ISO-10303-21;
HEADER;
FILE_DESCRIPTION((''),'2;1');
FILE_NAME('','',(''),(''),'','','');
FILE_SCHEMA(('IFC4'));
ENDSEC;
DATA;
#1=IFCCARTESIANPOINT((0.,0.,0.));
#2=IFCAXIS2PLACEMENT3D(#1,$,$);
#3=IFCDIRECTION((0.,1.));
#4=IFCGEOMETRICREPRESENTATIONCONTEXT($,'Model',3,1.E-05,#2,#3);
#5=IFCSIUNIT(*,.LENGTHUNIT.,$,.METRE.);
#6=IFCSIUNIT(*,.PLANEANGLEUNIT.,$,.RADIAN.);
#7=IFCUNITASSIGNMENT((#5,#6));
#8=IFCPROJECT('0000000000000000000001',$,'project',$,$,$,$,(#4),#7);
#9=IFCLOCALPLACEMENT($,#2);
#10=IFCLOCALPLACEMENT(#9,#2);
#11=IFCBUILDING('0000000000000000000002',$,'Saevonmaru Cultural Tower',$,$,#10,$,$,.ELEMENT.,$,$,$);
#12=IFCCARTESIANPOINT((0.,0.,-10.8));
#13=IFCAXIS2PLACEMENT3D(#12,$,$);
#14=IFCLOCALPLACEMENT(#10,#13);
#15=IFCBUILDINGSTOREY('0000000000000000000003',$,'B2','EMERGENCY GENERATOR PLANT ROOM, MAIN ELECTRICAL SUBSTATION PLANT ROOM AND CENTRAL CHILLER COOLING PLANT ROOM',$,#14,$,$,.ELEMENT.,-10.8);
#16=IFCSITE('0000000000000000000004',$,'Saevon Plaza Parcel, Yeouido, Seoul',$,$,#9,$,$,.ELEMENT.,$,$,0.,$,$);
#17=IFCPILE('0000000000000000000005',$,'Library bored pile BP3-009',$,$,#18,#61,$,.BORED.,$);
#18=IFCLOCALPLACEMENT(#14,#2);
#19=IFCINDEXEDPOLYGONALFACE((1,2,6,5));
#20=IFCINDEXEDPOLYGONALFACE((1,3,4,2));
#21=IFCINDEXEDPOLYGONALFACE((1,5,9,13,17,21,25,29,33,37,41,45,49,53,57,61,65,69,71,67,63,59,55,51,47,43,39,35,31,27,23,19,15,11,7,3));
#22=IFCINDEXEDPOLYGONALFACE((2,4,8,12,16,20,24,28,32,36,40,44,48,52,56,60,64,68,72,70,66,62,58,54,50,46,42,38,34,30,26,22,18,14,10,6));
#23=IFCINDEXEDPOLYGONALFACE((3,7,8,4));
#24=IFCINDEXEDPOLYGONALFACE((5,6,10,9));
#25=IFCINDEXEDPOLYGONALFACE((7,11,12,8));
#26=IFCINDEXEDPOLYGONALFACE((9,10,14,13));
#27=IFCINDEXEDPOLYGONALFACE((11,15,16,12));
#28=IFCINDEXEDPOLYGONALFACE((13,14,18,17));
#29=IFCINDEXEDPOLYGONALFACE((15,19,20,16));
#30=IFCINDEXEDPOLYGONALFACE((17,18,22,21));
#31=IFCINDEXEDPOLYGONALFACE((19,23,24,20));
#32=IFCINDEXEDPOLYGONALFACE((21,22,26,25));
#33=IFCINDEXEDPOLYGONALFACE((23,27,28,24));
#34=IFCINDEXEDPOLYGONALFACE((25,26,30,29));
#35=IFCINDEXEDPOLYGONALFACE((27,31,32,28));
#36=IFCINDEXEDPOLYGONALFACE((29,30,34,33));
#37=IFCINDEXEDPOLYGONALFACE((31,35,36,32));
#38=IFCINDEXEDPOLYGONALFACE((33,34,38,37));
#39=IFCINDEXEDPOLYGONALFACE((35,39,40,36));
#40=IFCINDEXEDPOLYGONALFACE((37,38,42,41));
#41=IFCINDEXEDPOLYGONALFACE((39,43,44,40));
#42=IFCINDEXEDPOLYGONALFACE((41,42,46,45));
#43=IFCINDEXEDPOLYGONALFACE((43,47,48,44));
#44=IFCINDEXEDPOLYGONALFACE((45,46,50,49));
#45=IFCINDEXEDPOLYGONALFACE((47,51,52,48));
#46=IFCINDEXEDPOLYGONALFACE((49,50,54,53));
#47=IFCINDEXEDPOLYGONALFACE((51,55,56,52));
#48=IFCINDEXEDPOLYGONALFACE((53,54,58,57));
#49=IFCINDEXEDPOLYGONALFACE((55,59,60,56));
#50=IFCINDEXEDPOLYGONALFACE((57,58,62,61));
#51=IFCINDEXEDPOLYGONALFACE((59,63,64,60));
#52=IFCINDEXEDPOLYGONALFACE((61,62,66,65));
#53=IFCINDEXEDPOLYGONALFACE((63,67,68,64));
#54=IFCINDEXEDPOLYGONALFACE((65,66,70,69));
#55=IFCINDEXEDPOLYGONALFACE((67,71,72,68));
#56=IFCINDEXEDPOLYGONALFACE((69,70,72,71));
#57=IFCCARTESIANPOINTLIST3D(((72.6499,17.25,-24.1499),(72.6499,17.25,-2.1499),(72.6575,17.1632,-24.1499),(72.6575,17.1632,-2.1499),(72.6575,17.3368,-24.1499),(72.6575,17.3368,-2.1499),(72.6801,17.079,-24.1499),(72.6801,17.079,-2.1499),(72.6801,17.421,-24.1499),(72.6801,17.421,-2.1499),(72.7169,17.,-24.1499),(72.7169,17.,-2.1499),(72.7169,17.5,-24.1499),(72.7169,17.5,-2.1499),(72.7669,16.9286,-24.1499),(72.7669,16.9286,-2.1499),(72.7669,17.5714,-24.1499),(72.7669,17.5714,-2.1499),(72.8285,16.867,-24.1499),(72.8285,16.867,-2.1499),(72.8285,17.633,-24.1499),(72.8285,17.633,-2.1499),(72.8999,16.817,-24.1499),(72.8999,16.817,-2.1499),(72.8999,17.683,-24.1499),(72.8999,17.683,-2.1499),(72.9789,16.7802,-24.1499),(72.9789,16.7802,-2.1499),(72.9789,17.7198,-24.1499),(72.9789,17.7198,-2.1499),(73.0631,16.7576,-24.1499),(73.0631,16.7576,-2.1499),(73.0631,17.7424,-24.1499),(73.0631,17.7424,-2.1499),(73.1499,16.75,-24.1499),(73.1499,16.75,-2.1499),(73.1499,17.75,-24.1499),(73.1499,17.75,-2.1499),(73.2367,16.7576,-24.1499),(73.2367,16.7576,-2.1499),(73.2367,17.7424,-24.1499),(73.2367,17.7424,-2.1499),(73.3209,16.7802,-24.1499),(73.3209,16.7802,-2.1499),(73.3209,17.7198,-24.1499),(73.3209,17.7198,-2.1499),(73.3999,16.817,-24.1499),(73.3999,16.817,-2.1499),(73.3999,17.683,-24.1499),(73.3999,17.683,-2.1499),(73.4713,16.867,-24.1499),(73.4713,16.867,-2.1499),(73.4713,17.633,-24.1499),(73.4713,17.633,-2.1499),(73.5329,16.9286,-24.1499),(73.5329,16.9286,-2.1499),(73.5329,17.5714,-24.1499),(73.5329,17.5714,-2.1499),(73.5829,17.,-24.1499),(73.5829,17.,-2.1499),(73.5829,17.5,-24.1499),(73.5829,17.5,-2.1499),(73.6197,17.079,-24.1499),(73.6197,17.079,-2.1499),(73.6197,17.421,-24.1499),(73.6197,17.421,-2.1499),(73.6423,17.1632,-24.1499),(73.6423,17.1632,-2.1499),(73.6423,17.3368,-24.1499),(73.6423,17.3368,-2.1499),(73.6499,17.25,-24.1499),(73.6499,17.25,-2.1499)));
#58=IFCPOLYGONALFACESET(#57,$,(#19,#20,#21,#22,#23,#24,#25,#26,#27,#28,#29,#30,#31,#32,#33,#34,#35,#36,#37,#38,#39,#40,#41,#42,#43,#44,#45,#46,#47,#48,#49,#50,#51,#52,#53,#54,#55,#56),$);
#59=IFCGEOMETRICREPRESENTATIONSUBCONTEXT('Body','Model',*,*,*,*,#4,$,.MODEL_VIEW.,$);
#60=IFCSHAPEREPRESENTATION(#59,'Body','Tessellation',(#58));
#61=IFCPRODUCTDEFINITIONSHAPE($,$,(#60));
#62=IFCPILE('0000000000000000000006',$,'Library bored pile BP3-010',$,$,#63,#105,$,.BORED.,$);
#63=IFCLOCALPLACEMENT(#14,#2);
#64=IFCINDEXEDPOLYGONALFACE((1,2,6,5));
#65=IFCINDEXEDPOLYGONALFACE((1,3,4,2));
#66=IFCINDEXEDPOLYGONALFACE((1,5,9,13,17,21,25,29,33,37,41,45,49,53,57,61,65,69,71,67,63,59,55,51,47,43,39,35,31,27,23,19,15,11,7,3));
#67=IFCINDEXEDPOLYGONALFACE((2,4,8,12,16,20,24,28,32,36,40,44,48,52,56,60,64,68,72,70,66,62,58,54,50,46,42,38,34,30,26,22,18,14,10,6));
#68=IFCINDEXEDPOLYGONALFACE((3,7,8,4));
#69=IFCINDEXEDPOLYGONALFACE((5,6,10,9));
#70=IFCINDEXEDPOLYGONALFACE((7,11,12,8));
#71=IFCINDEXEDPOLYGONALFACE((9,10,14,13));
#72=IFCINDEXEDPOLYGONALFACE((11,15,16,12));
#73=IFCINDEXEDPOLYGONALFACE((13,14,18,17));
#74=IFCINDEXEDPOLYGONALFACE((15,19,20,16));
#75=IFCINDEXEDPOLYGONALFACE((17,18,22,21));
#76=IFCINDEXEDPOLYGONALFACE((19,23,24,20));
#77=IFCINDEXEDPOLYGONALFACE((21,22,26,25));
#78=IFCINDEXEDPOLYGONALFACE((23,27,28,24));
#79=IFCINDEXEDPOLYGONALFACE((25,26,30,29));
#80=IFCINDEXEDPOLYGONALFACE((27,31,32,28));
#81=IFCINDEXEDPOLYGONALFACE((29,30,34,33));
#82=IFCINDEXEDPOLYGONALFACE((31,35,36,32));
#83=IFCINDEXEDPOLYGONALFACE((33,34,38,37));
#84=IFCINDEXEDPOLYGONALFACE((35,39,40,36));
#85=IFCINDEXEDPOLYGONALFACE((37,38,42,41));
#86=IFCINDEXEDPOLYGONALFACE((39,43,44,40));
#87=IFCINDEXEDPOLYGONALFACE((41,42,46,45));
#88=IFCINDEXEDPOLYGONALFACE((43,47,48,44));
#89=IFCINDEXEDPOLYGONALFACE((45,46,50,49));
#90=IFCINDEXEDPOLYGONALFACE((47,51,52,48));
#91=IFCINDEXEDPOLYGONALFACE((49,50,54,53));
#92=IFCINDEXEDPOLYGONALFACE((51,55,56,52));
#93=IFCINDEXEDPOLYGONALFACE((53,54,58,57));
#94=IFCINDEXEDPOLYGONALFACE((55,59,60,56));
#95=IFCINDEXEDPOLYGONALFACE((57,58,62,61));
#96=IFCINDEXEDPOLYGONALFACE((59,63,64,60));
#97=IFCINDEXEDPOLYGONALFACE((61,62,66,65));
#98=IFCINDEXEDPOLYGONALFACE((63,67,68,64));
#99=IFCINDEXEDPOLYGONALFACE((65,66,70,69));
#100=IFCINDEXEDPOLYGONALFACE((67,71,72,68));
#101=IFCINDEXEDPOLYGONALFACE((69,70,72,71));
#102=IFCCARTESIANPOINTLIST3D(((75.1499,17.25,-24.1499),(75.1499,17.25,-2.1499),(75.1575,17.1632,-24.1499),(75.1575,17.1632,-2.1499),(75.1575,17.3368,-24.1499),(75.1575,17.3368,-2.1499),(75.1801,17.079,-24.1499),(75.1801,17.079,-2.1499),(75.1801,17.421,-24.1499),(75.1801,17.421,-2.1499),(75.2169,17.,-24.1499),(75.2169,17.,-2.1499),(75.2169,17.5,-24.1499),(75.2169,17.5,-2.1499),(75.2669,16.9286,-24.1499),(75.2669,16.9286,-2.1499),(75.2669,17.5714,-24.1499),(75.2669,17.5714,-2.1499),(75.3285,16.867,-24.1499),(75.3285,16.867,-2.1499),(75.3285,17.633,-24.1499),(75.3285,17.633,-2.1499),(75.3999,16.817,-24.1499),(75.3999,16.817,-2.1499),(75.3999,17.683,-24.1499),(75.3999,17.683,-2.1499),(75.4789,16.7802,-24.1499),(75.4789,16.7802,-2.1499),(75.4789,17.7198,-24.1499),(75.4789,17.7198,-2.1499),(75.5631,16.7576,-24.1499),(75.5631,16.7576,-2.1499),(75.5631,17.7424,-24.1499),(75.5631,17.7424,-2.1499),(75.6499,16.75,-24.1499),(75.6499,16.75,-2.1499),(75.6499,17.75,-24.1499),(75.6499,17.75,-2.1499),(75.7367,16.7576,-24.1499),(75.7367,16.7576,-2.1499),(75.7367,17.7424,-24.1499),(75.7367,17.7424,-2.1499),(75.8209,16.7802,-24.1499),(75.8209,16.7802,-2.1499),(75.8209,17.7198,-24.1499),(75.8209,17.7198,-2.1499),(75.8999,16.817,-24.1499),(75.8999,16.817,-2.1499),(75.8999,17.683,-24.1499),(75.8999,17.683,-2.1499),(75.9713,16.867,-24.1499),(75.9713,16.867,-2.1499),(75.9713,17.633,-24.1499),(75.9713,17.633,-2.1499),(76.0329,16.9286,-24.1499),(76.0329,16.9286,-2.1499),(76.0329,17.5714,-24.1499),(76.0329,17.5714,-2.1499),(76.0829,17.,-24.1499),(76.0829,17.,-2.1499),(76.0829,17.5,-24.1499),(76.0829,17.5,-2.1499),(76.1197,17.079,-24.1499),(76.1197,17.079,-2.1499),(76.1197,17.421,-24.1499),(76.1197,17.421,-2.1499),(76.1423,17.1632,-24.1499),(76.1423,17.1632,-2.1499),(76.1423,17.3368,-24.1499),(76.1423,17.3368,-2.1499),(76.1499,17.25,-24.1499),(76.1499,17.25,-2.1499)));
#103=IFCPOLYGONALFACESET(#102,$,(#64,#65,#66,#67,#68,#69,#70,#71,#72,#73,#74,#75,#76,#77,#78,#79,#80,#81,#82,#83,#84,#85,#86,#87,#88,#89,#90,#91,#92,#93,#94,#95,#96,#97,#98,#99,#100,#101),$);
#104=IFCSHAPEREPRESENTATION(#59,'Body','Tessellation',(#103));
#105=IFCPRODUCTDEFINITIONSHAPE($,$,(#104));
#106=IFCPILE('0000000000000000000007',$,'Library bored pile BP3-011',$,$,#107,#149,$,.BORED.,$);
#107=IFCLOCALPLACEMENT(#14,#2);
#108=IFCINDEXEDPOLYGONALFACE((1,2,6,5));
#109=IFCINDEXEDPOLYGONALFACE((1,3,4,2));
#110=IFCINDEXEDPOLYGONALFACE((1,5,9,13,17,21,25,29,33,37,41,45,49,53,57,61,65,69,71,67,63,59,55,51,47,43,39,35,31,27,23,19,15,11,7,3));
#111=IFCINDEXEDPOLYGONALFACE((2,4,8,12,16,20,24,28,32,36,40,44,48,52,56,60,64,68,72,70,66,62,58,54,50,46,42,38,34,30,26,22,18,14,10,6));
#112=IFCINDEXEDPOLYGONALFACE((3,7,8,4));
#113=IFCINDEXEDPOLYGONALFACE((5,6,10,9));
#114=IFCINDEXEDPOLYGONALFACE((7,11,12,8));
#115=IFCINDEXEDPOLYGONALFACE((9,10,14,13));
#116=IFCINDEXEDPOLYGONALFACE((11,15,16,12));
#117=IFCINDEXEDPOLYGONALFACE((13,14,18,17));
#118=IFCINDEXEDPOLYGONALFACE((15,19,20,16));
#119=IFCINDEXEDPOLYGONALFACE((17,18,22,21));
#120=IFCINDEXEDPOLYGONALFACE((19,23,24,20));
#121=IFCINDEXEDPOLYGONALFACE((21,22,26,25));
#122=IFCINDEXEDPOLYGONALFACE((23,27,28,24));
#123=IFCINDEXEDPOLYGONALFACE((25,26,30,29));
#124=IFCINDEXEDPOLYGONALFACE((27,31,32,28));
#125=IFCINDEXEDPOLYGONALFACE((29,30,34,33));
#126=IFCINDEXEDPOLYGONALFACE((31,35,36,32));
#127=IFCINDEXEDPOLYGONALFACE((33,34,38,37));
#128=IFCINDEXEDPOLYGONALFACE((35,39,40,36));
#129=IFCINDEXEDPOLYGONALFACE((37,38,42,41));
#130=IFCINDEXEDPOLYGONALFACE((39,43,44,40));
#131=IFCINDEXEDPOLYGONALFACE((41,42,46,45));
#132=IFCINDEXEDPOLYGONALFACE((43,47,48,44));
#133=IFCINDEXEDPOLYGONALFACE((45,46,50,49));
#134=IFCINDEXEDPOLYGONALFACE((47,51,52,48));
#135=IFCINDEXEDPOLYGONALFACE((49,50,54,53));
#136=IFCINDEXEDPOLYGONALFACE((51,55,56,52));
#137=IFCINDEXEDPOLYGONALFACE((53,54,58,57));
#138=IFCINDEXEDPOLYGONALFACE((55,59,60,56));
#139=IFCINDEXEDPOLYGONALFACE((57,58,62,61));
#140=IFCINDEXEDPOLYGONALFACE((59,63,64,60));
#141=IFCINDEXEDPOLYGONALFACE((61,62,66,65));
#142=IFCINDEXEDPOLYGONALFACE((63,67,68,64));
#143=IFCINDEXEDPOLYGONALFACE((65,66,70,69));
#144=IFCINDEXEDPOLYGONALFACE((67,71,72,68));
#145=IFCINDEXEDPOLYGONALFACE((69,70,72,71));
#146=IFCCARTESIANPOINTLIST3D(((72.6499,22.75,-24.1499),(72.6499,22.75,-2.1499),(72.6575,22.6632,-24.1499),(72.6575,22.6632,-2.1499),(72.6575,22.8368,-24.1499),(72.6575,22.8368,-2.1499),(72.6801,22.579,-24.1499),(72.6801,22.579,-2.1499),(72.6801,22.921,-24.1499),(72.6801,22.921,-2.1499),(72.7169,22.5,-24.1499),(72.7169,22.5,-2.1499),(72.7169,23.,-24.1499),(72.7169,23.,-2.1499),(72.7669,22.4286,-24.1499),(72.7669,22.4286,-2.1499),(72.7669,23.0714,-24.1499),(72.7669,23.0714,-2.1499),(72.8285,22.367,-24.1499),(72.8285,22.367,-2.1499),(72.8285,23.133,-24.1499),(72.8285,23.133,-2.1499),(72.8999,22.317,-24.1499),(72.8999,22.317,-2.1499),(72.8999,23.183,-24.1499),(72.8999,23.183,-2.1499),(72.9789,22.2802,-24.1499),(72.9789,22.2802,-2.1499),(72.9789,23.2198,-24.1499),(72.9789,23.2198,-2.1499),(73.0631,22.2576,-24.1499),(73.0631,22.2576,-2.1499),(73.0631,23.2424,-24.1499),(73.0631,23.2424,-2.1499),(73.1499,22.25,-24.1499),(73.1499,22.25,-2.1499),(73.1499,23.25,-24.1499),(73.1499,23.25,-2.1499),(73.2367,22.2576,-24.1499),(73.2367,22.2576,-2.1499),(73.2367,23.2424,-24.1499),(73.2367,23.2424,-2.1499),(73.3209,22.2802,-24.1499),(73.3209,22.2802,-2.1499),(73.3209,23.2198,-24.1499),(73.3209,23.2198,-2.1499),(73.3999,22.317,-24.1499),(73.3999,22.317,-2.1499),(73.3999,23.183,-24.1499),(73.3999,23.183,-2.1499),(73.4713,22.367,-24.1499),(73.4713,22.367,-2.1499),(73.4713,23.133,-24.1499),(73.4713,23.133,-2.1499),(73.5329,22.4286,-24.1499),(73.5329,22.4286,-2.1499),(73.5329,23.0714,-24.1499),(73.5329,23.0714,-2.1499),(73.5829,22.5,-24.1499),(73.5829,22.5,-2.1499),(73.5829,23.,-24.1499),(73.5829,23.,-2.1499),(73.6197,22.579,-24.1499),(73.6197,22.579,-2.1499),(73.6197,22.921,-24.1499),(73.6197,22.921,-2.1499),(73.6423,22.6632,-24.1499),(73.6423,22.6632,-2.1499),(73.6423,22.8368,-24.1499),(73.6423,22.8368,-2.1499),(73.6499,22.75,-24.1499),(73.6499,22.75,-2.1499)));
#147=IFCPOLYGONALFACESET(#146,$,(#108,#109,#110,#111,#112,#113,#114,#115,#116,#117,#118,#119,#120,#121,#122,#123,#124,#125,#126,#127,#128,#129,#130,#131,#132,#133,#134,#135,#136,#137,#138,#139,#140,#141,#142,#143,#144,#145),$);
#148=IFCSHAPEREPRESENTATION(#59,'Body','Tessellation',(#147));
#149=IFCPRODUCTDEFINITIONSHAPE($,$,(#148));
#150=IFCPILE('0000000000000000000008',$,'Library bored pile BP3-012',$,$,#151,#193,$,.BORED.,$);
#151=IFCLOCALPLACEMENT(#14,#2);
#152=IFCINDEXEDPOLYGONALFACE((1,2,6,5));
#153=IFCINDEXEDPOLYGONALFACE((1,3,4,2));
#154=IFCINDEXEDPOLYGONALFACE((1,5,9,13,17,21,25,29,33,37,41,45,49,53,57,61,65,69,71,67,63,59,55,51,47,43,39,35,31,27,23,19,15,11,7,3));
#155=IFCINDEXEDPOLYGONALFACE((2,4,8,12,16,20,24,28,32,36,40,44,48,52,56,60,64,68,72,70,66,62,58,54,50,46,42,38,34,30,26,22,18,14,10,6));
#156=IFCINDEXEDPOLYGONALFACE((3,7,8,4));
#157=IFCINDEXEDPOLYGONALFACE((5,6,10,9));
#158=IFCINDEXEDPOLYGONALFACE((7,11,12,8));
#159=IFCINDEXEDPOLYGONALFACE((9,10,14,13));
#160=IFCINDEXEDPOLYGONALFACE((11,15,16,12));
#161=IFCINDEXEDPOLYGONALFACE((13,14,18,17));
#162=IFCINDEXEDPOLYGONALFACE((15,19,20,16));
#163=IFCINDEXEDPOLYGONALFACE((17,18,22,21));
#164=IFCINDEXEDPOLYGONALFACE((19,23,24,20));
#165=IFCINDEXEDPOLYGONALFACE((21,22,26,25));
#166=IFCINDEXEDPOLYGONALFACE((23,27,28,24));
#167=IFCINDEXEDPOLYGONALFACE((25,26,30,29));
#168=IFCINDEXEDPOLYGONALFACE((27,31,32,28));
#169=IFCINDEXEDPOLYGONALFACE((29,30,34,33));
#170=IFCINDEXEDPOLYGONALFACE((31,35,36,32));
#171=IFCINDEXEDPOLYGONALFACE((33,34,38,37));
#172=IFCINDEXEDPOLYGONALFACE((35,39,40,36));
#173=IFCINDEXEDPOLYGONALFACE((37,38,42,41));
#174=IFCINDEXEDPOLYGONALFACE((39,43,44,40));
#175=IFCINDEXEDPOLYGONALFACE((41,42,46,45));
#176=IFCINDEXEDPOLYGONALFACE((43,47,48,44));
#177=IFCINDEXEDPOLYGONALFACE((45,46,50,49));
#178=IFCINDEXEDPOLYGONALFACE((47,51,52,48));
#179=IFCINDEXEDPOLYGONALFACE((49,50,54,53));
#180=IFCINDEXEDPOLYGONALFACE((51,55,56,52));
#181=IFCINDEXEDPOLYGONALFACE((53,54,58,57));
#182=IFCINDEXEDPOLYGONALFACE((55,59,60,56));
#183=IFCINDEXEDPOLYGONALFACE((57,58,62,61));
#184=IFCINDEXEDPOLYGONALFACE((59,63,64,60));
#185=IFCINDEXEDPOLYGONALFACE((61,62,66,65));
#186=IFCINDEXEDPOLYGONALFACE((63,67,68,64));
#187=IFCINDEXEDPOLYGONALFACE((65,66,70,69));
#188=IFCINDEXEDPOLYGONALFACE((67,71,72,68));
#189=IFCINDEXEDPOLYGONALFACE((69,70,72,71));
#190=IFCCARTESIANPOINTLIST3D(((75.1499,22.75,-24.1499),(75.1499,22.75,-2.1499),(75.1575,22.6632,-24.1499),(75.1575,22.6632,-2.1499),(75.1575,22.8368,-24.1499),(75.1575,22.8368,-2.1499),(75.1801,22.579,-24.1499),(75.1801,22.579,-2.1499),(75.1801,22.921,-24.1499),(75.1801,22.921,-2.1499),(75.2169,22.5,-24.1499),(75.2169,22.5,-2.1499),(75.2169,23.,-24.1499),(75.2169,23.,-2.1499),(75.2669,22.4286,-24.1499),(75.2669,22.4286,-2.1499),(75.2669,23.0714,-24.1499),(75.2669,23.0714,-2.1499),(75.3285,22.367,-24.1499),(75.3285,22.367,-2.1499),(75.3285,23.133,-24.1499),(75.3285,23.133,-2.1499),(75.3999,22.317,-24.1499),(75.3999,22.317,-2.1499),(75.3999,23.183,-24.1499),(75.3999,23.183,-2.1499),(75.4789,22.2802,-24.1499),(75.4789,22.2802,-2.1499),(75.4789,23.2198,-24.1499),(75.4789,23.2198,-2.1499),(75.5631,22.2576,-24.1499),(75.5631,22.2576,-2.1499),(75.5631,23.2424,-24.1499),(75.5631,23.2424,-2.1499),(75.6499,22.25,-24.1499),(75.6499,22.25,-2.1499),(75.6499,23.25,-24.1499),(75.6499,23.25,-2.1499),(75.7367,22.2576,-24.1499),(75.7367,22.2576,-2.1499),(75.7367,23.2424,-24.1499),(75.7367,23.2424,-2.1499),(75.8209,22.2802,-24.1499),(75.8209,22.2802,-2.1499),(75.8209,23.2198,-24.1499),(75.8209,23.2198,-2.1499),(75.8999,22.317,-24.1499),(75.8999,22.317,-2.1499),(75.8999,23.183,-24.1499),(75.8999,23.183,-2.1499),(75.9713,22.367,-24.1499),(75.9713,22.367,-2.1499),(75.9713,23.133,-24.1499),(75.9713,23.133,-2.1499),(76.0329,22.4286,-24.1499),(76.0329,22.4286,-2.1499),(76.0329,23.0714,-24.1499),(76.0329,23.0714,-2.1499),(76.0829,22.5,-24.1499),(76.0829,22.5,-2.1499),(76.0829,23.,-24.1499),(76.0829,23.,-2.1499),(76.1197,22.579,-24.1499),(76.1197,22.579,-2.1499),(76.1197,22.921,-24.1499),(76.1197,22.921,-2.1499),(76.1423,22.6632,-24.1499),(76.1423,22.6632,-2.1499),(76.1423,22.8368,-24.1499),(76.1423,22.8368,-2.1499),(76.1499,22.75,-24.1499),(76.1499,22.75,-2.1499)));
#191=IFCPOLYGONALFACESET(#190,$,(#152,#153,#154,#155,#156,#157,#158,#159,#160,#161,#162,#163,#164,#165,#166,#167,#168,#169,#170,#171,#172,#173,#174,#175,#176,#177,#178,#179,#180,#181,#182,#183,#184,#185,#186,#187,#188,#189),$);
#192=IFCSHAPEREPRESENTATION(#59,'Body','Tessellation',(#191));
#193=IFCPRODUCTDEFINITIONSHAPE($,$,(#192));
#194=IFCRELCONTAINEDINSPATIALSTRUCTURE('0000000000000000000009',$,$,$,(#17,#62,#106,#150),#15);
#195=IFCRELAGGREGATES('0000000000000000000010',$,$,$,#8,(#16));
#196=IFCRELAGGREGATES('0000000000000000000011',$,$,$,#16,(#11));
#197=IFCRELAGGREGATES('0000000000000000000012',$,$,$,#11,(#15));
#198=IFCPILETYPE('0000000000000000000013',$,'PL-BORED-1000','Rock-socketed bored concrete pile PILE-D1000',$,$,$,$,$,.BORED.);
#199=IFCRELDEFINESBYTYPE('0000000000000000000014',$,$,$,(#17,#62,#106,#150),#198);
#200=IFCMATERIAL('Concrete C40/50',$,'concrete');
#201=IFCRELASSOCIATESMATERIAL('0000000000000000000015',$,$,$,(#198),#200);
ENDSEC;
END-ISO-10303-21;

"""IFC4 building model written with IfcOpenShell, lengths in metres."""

from ifc_helpers import new_model, si_unit, direction, frame, origin, origin_2d, place, context, subcontext, project, spatial, circle, extrude, material, material_profile, profile_set, type_object, element, save


model = new_model("IFC4")

# Units and contexts
model_context = context("Model", 3, precision=1e-05, world=origin(), true_north=direction((0.0, 1.0)))
body_context = subcontext(model_context, "Body", "Model", "MODEL_VIEW")
ifc_project = project(units=[si_unit("LENGTHUNIT", "METRE"), si_unit("PLANEANGLEUNIT", "RADIAN")], contexts=[model_context])

# Site, building, storey
site_placement = place(None, origin())
site = spatial("IfcSite", under=ifc_project, at=site_placement, Name="Saevon Plaza Parcel, Yeouido, Seoul", CompositionType="ELEMENT", RefElevation=0.0)
building_placement = place(site_placement, origin())
building = spatial("IfcBuilding", under=site, at=building_placement, Name="Saevonmaru Cultural Tower", CompositionType="ELEMENT")
storey_placement = place(building_placement, frame((0.0, 0.0, -10.8)))
storey = spatial("IfcBuildingStorey", under=building, at=storey_placement, Name="B2", Description="EMERGENCY GENERATOR PLANT ROOM, MAIN ELECTRICAL SUBSTATION PLANT ROOM AND CENTRAL CHILLER COOLING PLANT ROOM", CompositionType="ELEMENT", Elevation=-10.8)

# Piles
ifc_material_1 = material(Name="Concrete C40/50", Category="concrete")
ifc_material_profile_1 = material_profile(ifc_material_1, circle(Radius=0.5, at=origin_2d()), Name="PILE-D1000")
ifc_profile_set_1 = profile_set([ifc_material_profile_1], Name="Concrete C40/50")
pile_type_1 = type_object("IfcPileType", Name="PL-BORED-1000", Description="Rock-socketed bored concrete pile PILE-D1000", PredefinedType="BORED", material=ifc_profile_set_1)
for number, where, z_axis, x_axis, name in (
    (1, (73.1499, 17.25, -2.1499), (0.0, 0.0, -1.0), (1.0, 0.0, 0.0), "Library bored pile BP3-009"),
    (2, (75.6499, 17.25, -2.1499), (0.0, 0.0, -1.0), (1.0, 0.0, 0.0), "Library bored pile BP3-010"),
    (3, (73.1499, 22.75, -2.1499), (0.0, 0.0, -1.0), (1.0, 0.0, 0.0), "Library bored pile BP3-011"),
    (4, (75.6499, 22.75, -2.1499), (0.0, 0.0, -1.0), (1.0, 0.0, 0.0), "Library bored pile BP3-012"),
):
    element("IfcPile", number, at=place(storey_placement, frame(where, z_axis=z_axis, x_axis=x_axis)), inside=storey, type_object=pile_type_1, Name=name, PredefinedType="BORED", context=body_context, shape_type="SweptSolid", body=[
        extrude(circle(Radius=0.5, at=origin_2d()), origin(), (0.0, 0.0, 1.0), 22.0),
    ])

save(model, "model.ifc")
